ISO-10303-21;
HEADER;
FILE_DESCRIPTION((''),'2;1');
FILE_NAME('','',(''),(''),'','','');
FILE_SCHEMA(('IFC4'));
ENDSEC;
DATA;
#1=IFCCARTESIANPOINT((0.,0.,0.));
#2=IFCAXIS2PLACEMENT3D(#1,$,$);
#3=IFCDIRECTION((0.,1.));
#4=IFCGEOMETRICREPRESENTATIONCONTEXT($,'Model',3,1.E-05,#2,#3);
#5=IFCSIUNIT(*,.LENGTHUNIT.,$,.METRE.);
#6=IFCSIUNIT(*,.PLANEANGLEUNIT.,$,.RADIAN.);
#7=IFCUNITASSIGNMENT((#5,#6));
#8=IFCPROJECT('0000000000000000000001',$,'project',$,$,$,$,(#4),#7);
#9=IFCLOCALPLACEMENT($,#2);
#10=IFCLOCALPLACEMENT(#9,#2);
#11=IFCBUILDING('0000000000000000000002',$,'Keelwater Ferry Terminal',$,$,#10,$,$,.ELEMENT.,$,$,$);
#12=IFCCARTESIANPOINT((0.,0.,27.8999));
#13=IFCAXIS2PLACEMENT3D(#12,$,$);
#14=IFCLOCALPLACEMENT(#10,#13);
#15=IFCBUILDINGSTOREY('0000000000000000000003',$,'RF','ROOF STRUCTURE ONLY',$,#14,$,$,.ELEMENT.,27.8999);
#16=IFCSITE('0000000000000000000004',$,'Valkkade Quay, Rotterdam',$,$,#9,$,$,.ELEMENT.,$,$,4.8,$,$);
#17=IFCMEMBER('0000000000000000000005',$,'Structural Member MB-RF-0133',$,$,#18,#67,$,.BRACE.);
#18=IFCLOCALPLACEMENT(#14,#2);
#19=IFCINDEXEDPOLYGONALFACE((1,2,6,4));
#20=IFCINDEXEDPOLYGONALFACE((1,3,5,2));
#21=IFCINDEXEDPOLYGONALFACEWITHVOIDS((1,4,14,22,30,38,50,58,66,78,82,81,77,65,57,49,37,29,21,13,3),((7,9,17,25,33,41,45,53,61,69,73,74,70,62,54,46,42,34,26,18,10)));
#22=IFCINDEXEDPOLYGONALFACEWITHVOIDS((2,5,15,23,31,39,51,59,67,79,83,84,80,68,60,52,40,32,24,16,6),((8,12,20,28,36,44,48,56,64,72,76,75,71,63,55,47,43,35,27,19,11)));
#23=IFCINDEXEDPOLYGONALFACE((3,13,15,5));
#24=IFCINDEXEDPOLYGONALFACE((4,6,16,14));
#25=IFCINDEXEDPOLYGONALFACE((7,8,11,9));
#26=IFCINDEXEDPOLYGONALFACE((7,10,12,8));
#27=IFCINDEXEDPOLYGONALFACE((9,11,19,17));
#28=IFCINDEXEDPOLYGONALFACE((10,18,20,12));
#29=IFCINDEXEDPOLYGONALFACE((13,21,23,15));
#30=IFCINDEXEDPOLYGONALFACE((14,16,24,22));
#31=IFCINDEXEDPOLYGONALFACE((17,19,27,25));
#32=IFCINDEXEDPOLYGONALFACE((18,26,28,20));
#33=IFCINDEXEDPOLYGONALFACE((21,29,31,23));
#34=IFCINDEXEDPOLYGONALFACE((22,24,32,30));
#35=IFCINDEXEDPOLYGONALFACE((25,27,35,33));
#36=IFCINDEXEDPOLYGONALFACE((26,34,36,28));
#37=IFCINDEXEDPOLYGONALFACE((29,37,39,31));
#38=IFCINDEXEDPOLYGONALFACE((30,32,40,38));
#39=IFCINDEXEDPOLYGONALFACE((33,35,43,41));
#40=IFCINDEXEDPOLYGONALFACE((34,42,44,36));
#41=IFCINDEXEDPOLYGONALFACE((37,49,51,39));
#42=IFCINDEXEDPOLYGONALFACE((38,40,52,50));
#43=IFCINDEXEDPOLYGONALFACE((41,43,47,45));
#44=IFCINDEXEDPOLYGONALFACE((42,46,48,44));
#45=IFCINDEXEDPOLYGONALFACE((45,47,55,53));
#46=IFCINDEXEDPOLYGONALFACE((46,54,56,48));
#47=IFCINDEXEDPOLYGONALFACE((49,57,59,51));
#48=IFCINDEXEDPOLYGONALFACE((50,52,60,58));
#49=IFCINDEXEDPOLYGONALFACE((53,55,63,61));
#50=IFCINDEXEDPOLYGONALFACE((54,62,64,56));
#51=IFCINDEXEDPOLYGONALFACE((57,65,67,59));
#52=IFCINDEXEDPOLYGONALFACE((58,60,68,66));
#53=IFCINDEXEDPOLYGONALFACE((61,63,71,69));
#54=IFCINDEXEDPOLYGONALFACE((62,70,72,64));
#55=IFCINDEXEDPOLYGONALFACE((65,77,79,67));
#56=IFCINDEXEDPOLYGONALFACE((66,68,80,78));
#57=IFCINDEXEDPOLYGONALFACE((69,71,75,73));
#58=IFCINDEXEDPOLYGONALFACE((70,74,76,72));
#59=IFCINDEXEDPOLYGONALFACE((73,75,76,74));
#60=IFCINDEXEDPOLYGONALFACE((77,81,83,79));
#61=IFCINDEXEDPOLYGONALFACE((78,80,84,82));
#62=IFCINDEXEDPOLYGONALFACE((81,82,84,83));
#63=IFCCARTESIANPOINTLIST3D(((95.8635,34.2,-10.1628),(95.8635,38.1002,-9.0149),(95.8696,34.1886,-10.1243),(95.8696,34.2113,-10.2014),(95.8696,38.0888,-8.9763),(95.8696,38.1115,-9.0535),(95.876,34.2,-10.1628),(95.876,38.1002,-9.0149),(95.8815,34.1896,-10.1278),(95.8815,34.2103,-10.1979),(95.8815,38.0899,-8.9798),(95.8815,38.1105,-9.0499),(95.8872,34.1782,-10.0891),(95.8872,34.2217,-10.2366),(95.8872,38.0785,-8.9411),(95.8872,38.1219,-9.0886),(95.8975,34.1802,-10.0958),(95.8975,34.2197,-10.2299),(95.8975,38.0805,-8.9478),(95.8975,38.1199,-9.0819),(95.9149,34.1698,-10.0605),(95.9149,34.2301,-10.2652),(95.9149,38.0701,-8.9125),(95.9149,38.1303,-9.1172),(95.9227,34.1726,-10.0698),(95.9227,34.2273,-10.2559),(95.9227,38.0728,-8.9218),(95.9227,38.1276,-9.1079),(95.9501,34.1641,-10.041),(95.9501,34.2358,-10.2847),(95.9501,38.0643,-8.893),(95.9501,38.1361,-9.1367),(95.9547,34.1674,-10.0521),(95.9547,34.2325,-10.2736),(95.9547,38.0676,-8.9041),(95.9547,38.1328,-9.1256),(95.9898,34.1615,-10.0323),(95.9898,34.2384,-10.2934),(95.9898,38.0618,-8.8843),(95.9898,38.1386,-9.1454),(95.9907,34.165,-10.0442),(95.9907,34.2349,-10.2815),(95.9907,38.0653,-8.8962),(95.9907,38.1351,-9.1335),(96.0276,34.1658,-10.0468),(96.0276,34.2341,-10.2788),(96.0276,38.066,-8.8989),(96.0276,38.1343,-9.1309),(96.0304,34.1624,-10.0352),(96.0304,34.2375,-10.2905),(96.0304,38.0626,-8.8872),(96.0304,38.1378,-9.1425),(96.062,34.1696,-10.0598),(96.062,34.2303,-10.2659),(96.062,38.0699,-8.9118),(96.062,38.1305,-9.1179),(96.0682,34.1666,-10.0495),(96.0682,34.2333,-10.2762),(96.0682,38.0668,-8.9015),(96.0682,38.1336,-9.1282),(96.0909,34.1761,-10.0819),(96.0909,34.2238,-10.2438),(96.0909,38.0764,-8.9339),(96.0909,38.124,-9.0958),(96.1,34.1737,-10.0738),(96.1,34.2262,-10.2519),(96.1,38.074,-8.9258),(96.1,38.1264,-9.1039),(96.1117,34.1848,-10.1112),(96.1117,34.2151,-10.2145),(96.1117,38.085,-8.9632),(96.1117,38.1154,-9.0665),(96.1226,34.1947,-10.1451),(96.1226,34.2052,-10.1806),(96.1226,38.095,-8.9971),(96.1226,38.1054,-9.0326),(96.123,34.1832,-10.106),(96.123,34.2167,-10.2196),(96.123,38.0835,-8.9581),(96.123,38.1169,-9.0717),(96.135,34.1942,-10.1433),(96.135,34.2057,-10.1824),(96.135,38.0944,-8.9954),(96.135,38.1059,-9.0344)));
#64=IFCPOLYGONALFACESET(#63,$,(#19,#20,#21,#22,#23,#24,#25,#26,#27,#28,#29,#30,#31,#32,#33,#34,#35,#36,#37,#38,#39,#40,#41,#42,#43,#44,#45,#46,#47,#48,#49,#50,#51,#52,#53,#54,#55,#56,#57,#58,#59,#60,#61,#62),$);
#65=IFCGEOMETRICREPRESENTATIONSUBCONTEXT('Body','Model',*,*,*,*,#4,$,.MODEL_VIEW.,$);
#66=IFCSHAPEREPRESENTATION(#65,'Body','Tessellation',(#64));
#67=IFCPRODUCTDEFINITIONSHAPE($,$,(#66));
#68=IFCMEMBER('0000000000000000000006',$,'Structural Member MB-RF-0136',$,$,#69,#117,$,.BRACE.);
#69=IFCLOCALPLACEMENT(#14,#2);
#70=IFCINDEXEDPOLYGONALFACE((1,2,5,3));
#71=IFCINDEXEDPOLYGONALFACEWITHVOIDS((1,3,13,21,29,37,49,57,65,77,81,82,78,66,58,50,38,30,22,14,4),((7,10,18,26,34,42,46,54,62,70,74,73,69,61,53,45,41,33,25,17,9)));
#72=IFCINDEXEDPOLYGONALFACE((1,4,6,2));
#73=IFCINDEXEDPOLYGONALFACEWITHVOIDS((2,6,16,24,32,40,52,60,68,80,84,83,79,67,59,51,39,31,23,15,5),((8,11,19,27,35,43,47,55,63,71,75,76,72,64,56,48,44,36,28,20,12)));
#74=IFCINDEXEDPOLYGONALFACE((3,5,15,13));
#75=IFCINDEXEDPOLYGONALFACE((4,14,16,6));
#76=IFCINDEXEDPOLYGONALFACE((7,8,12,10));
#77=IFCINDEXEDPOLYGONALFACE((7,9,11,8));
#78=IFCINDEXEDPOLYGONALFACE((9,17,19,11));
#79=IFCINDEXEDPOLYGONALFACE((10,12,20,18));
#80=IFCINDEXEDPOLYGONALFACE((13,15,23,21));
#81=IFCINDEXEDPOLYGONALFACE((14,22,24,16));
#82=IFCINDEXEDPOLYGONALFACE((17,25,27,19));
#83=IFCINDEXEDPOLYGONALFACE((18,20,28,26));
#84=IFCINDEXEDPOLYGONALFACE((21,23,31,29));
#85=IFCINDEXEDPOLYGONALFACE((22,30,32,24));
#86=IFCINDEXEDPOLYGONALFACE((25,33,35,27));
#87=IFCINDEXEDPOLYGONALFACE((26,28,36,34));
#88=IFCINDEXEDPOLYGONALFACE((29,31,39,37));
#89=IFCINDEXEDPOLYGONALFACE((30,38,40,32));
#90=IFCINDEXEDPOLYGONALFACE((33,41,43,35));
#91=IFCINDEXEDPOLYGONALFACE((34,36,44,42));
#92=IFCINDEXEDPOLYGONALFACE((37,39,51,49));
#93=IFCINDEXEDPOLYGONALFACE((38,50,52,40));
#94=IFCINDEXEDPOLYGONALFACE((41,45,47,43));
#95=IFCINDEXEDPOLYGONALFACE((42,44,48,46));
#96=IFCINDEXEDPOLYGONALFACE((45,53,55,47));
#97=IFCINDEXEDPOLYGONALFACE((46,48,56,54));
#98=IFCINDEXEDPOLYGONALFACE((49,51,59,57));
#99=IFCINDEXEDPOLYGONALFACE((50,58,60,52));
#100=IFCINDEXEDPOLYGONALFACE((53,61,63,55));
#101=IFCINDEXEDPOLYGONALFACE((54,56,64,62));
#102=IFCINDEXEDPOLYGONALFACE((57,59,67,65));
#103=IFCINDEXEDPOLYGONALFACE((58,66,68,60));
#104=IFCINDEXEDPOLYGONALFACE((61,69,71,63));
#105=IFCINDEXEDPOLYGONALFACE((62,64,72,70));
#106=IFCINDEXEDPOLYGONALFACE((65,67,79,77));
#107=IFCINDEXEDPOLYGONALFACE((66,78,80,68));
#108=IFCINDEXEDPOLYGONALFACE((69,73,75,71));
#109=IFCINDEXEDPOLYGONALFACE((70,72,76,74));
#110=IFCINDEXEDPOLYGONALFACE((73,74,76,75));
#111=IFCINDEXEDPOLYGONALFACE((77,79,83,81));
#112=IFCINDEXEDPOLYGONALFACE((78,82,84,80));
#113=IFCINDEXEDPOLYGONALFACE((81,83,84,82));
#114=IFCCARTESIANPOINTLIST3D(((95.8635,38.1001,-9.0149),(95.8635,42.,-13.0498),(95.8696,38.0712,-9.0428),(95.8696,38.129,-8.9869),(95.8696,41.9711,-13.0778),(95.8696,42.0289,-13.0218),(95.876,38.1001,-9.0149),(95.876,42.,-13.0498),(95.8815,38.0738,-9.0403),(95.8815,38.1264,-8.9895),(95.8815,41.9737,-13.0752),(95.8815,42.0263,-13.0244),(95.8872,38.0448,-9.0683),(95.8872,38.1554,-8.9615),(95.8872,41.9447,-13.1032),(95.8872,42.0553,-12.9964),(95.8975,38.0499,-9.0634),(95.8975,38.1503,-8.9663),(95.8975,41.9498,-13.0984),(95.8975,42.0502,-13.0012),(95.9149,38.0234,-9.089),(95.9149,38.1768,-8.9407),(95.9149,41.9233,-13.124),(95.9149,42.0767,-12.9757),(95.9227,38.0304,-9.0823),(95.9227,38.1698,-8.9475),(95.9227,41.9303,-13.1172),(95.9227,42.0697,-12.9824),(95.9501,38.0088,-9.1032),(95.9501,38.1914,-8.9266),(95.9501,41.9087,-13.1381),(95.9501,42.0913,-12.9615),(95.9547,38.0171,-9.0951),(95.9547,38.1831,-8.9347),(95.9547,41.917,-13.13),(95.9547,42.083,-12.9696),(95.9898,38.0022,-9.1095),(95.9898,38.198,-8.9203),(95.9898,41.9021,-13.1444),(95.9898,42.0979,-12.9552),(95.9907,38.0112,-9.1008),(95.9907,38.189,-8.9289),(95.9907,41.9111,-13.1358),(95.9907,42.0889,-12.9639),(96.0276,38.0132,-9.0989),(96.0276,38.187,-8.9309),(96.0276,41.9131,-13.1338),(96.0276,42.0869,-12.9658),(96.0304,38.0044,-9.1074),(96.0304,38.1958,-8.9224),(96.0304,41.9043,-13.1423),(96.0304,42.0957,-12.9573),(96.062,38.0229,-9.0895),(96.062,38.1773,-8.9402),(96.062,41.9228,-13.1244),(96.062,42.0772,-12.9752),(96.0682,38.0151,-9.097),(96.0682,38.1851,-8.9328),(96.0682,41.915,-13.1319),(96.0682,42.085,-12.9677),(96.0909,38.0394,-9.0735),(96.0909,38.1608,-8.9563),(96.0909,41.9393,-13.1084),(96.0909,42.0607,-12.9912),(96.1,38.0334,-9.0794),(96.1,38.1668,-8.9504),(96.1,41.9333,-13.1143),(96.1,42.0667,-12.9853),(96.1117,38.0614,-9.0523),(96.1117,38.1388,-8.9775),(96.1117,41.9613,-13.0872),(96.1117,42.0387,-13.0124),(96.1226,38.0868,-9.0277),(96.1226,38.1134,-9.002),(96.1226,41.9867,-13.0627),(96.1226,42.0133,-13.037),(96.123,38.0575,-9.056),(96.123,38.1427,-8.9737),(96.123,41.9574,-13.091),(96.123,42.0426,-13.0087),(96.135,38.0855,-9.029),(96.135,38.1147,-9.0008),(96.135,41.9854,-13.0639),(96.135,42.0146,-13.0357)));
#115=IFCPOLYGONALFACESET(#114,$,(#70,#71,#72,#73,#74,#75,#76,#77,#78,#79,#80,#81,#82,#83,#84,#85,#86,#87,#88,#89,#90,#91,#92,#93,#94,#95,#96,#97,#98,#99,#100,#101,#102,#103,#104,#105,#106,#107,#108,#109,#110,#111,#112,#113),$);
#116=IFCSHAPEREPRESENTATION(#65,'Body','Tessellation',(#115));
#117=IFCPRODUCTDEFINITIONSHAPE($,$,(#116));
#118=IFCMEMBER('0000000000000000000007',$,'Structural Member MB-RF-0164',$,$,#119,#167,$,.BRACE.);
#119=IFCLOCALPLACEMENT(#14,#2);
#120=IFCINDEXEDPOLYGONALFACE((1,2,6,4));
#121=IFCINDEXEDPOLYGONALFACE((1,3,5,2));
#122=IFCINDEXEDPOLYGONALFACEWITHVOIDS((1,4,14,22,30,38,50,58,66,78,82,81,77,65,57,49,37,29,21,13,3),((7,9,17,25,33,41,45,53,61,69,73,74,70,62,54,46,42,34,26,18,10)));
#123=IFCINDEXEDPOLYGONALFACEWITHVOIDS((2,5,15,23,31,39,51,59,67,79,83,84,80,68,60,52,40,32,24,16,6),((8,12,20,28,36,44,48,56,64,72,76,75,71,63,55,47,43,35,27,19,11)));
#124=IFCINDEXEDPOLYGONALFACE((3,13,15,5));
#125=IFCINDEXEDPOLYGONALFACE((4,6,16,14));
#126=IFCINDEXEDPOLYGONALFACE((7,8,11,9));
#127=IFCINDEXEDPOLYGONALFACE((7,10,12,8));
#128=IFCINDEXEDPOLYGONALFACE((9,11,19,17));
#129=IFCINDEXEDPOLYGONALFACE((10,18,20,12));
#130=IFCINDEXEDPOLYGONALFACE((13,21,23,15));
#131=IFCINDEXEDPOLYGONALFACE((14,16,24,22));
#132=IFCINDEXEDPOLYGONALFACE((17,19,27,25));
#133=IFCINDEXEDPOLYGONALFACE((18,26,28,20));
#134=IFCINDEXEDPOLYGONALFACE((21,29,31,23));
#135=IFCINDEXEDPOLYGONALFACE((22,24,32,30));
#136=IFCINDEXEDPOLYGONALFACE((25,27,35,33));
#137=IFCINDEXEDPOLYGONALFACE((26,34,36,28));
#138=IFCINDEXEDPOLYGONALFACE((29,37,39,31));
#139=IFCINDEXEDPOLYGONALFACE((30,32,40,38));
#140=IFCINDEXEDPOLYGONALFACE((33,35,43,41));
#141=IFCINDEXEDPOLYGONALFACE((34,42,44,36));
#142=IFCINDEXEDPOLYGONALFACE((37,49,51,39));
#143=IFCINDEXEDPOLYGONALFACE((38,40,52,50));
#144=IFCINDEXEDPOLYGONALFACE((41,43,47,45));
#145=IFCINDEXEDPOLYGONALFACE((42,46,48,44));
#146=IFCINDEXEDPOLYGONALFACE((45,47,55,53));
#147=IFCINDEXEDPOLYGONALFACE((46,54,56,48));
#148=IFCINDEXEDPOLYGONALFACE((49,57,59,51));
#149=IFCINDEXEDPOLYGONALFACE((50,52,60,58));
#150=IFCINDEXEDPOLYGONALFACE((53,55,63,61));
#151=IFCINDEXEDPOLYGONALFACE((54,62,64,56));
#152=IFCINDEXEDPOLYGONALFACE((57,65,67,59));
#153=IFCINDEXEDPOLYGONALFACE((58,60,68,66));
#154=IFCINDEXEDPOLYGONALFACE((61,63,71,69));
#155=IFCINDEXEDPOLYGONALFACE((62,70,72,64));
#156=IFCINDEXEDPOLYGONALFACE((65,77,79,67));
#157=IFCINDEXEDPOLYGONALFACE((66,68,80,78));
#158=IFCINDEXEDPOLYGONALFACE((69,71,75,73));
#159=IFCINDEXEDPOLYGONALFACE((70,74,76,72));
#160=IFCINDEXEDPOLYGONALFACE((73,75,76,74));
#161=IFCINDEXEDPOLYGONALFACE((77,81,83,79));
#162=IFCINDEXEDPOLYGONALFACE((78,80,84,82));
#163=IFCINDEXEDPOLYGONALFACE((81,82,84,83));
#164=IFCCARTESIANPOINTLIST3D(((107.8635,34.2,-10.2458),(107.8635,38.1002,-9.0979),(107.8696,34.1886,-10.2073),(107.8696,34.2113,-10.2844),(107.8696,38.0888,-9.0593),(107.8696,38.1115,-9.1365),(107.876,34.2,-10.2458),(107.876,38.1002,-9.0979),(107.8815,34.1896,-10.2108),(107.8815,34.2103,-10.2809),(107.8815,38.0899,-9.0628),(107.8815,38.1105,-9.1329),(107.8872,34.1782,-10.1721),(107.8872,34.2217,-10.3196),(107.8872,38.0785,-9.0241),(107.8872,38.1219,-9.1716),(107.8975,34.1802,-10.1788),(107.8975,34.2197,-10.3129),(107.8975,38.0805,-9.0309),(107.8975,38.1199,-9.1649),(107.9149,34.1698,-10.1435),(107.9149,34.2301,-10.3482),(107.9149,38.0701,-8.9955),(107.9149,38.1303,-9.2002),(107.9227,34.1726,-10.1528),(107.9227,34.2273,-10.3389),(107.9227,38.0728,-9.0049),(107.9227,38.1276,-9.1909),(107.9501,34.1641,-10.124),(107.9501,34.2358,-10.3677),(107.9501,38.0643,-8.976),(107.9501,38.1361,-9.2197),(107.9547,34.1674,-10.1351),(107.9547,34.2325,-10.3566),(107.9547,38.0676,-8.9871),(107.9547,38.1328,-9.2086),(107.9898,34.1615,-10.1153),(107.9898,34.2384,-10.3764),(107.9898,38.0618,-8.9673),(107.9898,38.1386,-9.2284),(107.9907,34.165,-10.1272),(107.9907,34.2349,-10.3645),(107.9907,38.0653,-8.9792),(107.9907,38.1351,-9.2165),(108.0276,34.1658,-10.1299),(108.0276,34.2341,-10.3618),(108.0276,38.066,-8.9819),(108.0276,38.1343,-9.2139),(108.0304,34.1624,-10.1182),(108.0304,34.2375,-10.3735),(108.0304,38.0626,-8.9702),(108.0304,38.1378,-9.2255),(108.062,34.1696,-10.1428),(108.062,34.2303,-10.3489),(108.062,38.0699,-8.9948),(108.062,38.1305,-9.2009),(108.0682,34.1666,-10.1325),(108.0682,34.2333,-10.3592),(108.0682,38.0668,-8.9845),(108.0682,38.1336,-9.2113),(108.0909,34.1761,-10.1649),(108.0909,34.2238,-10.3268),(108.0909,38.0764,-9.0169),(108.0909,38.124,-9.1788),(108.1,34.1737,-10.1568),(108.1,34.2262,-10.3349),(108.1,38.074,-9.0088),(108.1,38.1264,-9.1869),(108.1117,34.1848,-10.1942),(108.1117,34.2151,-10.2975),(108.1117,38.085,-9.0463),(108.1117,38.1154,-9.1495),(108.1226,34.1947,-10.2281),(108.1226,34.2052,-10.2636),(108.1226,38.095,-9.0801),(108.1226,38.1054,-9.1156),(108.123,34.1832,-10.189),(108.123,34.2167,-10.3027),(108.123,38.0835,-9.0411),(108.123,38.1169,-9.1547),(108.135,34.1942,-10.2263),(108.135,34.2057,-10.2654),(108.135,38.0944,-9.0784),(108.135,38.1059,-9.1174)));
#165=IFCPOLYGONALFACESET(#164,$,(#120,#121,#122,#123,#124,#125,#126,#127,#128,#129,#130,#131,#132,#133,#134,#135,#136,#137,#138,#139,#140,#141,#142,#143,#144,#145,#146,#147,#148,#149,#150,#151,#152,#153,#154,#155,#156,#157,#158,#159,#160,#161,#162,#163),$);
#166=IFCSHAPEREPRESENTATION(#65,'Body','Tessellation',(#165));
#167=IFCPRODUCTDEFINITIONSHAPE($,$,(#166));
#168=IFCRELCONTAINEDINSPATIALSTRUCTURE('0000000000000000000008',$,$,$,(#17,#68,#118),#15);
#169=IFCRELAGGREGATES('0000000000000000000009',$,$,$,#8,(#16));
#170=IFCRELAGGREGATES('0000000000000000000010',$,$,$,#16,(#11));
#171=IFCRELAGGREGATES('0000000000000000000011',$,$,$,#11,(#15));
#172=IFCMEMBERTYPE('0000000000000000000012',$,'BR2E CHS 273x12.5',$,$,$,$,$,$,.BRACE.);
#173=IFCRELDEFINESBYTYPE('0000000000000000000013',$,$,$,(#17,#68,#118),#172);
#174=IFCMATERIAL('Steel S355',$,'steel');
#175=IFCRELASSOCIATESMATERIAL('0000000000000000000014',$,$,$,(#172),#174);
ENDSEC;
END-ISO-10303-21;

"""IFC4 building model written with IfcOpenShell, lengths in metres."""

from ifc_helpers import new_model, si_unit, direction, frame, origin, origin_2d, place, context, subcontext, project, spatial, hollow_circle, extrude, material, material_profile, profile_set, type_object, element, save


model = new_model("IFC4")

# Units and contexts
model_context = context("Model", 3, precision=1e-05, world=origin(), true_north=direction((0.0, 1.0)))
body_context = subcontext(model_context, "Body", "Model", "MODEL_VIEW")
ifc_project = project(units=[si_unit("LENGTHUNIT", "METRE"), si_unit("PLANEANGLEUNIT", "RADIAN")], contexts=[model_context])

# Site, building, storey
site_placement = place(None, origin())
site = spatial("IfcSite", under=ifc_project, at=site_placement, Name="Valkkade Quay, Rotterdam", CompositionType="ELEMENT", RefElevation=4.8)
building_placement = place(site_placement, origin())
building = spatial("IfcBuilding", under=site, at=building_placement, Name="Keelwater Ferry Terminal", CompositionType="ELEMENT")
storey_placement = place(building_placement, frame((0.0, 0.0, 27.8999)))
storey = spatial("IfcBuildingStorey", under=building, at=storey_placement, Name="RF", Description="ROOF STRUCTURE ONLY", CompositionType="ELEMENT", Elevation=27.8999)

# Members
ifc_material_1 = material(Name="Steel S355", Category="steel")
ifc_material_profile_1 = material_profile(ifc_material_1, hollow_circle(Radius=0.1365, WallThickness=0.0125, at=origin_2d()), Name="CHS 273x12.5")
ifc_profile_set_1 = profile_set([ifc_material_profile_1], Name="Steel S355")
member_type_1 = type_object("IfcMemberType", Name="BR2E CHS 273x12.5", PredefinedType="BRACE", material=ifc_profile_set_1)
member_1_placement = place(storey_placement, frame((96.0, 34.2, -10.1628), z_axis=(0.0, 0.959309, 0.282358), x_axis=(-1.0, 0.0, 0.0)))
element("IfcMember", 1, at=member_1_placement, inside=storey, type_object=member_type_1, Name="Structural Member MB-RF-0133", PredefinedType="BRACE", context=body_context, shape_type="SweptSolid", body=[
    extrude(hollow_circle(Radius=0.1365, WallThickness=0.0125, at=origin_2d()), origin(), (0.0, 0.0, 1.0), 4.0657),
])
member_2_placement = place(storey_placement, frame((96.0, 38.1001, -9.0149), z_axis=(0.0, 0.694975, -0.719034), x_axis=(-1.0, 0.0, 0.0)))
element("IfcMember", 2, at=member_2_placement, inside=storey, type_object=member_type_1, Name="Structural Member MB-RF-0136", PredefinedType="BRACE", context=body_context, shape_type="SweptSolid", body=[
    extrude(hollow_circle(Radius=0.1365, WallThickness=0.0125, at=origin_2d()), origin(), (0.0, 0.0, 1.0), 5.6116),
])
member_3_placement = place(storey_placement, frame((108.0, 34.2, -10.2458), z_axis=(0.0, 0.959309, 0.282358), x_axis=(-1.0, 0.0, 0.0)))
element("IfcMember", 3, at=member_3_placement, inside=storey, type_object=member_type_1, Name="Structural Member MB-RF-0164", PredefinedType="BRACE", context=body_context, shape_type="SweptSolid", body=[
    extrude(hollow_circle(Radius=0.1365, WallThickness=0.0125, at=origin_2d()), origin(), (0.0, 0.0, 1.0), 4.0657),
])

save(model, "model.ifc")
